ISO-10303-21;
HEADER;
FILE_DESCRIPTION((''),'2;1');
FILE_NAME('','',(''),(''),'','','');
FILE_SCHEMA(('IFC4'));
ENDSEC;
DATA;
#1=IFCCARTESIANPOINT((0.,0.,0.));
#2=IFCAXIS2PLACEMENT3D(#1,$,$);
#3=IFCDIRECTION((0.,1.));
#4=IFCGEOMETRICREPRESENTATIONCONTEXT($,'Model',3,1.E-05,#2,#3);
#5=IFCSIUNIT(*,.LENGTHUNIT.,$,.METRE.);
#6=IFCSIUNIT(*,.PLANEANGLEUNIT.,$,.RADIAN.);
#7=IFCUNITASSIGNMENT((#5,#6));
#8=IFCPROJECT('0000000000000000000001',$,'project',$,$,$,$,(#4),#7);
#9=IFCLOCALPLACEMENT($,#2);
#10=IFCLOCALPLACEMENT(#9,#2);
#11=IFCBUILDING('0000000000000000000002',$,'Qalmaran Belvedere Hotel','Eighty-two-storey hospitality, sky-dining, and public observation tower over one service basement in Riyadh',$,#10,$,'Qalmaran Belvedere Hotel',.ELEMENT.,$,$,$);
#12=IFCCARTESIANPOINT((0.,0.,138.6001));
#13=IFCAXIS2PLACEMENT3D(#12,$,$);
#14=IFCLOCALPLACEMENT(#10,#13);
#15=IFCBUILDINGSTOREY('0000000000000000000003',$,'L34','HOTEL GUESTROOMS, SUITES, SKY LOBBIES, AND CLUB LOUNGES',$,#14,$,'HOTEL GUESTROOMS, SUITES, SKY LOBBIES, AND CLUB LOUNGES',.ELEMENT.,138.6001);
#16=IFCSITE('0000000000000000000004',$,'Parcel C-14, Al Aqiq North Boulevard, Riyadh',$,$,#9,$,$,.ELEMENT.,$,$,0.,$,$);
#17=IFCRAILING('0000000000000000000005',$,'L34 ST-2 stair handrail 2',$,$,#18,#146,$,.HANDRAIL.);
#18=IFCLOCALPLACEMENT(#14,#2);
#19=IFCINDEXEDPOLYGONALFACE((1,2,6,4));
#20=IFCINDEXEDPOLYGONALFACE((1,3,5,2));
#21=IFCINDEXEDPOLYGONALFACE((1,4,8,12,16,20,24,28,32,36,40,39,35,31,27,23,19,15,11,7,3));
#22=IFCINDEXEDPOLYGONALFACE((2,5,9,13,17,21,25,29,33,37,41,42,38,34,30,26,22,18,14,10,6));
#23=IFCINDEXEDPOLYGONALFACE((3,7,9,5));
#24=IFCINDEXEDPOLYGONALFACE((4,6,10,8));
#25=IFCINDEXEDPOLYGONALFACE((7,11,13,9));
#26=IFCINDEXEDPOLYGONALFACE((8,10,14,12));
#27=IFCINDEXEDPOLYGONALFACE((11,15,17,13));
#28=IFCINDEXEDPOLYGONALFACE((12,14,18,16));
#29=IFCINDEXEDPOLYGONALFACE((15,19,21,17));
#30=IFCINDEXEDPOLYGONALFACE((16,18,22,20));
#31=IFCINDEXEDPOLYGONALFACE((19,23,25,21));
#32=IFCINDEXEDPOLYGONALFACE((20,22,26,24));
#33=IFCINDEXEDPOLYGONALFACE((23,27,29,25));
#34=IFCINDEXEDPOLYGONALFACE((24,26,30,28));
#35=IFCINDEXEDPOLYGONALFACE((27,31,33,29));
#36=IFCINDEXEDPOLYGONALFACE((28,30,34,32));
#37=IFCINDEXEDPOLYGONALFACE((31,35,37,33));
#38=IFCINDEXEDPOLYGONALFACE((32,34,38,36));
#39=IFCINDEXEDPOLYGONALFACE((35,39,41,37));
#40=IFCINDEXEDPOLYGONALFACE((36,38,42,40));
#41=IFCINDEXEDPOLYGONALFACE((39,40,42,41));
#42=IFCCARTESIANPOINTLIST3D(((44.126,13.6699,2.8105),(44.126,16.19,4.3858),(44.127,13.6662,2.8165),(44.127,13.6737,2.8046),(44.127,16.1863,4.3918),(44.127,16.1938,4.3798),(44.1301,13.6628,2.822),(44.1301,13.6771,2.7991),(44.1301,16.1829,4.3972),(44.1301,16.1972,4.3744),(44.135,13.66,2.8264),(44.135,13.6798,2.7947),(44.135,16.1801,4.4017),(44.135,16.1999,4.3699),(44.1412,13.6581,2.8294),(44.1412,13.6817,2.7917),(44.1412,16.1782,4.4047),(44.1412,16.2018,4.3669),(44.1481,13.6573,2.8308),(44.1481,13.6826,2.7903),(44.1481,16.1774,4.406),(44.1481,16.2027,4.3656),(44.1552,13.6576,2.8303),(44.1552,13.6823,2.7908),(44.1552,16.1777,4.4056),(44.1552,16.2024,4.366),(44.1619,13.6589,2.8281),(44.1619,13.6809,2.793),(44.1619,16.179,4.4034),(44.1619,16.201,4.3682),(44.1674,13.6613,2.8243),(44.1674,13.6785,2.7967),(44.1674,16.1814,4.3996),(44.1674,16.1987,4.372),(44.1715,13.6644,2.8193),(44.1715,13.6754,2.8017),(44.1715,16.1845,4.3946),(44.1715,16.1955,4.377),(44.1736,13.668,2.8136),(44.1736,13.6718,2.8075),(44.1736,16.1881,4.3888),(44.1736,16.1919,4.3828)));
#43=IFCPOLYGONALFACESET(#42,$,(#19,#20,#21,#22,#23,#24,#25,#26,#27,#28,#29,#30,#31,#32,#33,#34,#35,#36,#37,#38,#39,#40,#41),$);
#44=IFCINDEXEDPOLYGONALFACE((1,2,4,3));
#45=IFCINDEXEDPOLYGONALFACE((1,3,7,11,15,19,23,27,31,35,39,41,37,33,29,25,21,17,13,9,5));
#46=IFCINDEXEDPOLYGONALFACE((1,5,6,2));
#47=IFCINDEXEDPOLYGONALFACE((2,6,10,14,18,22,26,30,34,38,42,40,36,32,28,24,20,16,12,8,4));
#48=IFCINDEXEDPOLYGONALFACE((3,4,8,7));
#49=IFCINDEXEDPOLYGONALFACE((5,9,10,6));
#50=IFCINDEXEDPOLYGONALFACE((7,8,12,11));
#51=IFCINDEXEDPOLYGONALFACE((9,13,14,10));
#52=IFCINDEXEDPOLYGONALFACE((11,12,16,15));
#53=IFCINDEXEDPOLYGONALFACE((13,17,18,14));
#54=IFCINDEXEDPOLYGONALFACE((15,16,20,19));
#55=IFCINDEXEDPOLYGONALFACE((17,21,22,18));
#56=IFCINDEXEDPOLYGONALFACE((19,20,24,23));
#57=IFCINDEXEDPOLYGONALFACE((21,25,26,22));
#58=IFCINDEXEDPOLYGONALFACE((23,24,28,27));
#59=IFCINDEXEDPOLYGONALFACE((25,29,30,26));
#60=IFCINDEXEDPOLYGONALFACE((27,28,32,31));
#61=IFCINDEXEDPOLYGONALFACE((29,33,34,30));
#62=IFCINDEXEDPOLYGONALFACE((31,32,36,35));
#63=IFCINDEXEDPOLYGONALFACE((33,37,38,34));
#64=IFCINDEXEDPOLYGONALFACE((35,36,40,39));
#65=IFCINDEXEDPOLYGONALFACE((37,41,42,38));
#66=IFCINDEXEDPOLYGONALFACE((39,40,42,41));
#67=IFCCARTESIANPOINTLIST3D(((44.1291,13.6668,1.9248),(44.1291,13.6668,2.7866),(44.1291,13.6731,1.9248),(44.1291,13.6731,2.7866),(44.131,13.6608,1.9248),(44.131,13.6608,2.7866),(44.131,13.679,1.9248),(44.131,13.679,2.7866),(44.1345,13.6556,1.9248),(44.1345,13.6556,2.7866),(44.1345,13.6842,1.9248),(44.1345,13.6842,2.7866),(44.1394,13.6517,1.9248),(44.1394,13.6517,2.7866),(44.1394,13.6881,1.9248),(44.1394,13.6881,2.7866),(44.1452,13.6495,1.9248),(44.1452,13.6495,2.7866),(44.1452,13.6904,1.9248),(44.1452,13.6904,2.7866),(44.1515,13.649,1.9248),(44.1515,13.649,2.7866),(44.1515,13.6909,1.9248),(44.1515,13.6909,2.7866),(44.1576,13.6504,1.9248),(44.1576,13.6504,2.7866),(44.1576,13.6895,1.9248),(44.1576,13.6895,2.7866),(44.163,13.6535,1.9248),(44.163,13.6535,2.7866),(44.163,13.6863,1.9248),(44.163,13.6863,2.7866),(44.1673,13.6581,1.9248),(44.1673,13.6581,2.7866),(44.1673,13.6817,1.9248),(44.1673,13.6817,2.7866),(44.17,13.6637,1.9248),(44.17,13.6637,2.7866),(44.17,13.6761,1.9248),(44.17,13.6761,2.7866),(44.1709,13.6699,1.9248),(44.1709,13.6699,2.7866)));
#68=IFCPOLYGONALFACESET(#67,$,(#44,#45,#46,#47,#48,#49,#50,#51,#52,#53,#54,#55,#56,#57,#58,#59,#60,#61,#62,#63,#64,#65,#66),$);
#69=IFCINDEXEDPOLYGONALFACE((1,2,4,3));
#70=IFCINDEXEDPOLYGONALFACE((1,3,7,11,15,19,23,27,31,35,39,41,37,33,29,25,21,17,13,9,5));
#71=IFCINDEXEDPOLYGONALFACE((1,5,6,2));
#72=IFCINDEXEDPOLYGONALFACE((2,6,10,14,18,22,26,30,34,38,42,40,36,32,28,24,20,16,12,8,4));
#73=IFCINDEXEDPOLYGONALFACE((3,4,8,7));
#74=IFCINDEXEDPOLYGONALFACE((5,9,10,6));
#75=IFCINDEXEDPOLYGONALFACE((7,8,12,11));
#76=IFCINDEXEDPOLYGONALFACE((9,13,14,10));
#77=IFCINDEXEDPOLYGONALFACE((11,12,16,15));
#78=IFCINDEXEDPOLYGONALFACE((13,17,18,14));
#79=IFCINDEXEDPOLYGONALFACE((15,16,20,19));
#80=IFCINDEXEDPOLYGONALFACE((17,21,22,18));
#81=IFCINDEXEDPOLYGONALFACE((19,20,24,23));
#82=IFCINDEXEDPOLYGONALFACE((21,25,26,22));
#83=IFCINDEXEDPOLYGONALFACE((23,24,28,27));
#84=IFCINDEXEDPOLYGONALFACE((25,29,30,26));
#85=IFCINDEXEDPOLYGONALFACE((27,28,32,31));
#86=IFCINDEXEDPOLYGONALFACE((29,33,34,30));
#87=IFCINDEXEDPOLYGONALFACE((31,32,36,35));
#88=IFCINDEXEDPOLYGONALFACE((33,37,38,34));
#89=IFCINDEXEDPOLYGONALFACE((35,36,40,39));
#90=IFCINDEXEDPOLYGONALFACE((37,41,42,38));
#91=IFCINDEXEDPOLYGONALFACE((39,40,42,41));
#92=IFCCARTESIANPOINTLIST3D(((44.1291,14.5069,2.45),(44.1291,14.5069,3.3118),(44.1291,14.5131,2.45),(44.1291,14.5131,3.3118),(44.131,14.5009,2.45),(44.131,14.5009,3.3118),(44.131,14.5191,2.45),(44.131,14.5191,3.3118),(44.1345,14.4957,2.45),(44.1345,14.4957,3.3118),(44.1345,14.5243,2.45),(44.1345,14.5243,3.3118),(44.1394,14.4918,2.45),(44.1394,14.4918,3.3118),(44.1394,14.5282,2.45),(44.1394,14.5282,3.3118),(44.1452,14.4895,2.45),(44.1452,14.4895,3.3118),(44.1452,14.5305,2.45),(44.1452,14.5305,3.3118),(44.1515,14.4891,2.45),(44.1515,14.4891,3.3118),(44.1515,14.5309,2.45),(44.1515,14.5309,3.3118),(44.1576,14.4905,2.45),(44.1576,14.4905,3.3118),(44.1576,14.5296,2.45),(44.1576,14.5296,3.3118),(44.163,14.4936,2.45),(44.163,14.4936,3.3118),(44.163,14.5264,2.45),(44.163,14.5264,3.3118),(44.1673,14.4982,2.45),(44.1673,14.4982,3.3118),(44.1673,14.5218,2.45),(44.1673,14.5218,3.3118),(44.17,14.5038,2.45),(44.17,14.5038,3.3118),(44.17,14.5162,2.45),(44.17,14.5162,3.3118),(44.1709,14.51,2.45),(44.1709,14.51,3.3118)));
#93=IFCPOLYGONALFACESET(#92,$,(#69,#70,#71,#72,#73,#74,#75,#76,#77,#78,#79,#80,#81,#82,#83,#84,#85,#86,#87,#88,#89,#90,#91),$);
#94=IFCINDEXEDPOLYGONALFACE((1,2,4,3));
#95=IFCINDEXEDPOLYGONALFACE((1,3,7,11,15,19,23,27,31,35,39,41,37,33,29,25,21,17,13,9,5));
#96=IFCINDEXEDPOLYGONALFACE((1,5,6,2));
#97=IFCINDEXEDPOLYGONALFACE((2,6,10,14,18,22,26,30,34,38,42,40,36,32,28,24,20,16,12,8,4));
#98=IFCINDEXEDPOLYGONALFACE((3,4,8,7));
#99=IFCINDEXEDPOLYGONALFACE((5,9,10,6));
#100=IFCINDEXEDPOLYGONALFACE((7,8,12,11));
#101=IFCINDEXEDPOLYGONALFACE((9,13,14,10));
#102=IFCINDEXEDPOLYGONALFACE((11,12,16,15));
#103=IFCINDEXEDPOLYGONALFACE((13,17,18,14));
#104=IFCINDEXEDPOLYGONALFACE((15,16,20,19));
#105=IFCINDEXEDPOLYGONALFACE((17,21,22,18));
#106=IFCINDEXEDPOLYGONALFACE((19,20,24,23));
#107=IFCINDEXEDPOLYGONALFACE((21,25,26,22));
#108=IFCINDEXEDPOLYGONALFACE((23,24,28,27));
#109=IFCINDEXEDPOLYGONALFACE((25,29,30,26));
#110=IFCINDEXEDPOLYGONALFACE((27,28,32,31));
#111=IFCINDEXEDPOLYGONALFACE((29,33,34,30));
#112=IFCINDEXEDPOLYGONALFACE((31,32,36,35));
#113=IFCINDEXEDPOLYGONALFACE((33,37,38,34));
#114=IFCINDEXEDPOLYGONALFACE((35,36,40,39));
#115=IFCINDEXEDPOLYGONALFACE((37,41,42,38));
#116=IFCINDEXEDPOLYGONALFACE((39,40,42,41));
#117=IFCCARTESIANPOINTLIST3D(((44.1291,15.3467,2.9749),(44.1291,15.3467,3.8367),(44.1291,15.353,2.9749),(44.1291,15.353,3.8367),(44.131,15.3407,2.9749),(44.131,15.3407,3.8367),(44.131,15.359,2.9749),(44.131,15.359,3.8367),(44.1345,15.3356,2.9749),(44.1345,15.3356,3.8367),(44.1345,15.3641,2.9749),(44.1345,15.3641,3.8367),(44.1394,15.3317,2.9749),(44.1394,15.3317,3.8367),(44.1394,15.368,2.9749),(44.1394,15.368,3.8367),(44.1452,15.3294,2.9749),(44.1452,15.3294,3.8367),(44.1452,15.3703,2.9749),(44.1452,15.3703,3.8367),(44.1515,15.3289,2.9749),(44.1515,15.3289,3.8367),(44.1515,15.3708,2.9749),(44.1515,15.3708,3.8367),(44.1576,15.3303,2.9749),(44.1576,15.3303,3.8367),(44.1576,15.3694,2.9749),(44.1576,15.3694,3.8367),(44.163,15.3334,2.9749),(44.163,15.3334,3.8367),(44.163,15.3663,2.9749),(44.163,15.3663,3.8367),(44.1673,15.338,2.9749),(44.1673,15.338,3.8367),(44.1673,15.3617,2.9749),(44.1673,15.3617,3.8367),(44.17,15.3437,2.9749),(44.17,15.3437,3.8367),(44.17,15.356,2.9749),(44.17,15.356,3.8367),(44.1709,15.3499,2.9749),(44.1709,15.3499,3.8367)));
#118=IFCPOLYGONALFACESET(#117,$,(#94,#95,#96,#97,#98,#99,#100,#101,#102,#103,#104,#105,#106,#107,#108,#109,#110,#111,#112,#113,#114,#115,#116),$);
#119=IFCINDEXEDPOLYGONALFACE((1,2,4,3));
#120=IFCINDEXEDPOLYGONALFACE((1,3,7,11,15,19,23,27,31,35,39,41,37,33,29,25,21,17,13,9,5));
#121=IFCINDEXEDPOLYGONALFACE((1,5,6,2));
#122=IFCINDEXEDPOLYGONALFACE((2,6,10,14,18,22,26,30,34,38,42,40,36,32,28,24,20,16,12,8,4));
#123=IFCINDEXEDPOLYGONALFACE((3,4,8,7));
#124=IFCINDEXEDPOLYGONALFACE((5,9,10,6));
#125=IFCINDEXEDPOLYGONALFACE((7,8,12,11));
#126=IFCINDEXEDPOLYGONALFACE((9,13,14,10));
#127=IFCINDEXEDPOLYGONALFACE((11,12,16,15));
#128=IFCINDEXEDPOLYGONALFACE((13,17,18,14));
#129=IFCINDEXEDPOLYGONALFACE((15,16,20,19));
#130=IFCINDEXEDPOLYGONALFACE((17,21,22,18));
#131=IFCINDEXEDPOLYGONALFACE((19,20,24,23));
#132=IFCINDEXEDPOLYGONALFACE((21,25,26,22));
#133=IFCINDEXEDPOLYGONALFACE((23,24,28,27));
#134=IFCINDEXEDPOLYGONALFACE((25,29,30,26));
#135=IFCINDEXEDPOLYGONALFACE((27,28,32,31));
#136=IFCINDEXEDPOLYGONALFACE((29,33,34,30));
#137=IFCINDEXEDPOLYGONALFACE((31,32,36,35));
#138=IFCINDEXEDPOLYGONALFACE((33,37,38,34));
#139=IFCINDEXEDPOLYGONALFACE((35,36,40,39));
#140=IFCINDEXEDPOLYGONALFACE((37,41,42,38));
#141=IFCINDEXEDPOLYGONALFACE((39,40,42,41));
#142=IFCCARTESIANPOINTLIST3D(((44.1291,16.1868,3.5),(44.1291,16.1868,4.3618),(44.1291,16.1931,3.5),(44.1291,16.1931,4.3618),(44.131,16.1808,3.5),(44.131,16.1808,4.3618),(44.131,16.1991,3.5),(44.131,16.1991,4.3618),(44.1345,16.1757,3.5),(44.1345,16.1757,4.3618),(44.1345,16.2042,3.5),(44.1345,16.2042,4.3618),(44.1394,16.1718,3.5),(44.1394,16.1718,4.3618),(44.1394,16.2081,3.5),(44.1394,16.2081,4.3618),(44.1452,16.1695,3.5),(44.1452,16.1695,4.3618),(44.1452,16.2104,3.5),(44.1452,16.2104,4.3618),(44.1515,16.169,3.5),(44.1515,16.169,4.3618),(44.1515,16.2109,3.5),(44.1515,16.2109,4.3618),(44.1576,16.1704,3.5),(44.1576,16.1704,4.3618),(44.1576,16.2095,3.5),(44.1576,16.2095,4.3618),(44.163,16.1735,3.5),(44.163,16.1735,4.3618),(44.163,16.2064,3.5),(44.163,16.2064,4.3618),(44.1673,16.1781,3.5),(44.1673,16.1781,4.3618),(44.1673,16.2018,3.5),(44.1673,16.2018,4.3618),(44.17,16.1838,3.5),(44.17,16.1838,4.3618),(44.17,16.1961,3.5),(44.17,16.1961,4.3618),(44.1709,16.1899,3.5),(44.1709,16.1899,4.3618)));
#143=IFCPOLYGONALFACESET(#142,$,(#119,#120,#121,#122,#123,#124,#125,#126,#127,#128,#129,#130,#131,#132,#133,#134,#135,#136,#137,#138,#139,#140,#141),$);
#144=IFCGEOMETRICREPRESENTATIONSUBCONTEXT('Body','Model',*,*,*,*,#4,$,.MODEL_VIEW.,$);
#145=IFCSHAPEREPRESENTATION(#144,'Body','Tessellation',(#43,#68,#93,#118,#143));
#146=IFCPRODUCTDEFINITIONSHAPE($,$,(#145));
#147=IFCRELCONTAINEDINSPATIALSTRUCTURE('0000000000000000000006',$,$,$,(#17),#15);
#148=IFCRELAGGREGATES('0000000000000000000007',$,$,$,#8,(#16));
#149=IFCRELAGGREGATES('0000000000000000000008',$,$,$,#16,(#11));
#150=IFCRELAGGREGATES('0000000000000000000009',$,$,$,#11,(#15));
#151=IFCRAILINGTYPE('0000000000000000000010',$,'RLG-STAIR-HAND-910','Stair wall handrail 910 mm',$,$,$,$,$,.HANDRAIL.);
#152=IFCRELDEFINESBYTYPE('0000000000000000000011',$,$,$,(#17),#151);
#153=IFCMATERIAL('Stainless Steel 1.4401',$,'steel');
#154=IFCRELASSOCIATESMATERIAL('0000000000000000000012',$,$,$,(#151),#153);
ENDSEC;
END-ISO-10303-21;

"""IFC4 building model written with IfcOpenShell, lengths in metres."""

from ifc_helpers import new_model, si_unit, direction, frame, origin, origin_2d, place, context, subcontext, project, spatial, circle, extrude, material, type_object, element, save


model = new_model("IFC4")

# Units and contexts
model_context = context("Model", 3, precision=1e-05, world=origin(), true_north=direction((0.0, 1.0)))
body_context = subcontext(model_context, "Body", "Model", "MODEL_VIEW")
ifc_project = project(units=[si_unit("LENGTHUNIT", "METRE"), si_unit("PLANEANGLEUNIT", "RADIAN")], contexts=[model_context])

# Site, building, storey
site_placement = place(None, origin())
site = spatial("IfcSite", under=ifc_project, at=site_placement, Name="Parcel C-14, Al Aqiq North Boulevard, Riyadh", CompositionType="ELEMENT", RefElevation=0.0)
building_placement = place(site_placement, origin())
building = spatial("IfcBuilding", under=site, at=building_placement, Name="Qalmaran Belvedere Hotel", Description="Eighty-two-storey hospitality, sky-dining, and public observation tower over one service basement in Riyadh", LongName="Qalmaran Belvedere Hotel", CompositionType="ELEMENT")
storey_placement = place(building_placement, frame((0.0, 0.0, 138.6001)))
storey = spatial("IfcBuildingStorey", under=building, at=storey_placement, Name="L34", Description="HOTEL GUESTROOMS, SUITES, SKY LOBBIES, AND CLUB LOUNGES", LongName="HOTEL GUESTROOMS, SUITES, SKY LOBBIES, AND CLUB LOUNGES", CompositionType="ELEMENT", Elevation=138.6001)

# Shared definitions
ifc_material_1 = material(Name="Stainless Steel 1.4401", Category="steel")

# Railing
railing_type_1 = type_object("IfcRailingType", Name="RLG-STAIR-HAND-910", Description="Stair wall handrail 910 mm", PredefinedType="HANDRAIL", material=ifc_material_1)
railing_1_placement = place(storey_placement, frame((44.1499, 13.6699, 1.9248)))
element("IfcRailing", 1, at=railing_1_placement, inside=storey, type_object=railing_type_1, Name="L34 ST-2 stair handrail 2", PredefinedType="HANDRAIL", context=body_context, shape_type="SweptSolid", body=[
    extrude(circle(Radius=0.0239, at=origin_2d()), frame((0.0, 0.0, 0.8857), z_axis=(0.0, 0.847971, 0.530043), x_axis=(-1.0, 0.0, 0.0)), (0.0, 0.0, 1.0), 2.9719),
    extrude(circle(Radius=0.021, at=origin_2d()), origin(), (0.0, 0.0, 1.0), 0.8618),
    extrude(circle(Radius=0.021, at=origin_2d()), frame((0.0, 0.8401, 0.5251)), (0.0, 0.0, 1.0), 0.8618),
    extrude(circle(Radius=0.021, at=origin_2d()), frame((0.0, 1.6799, 1.05)), (0.0, 0.0, 1.0), 0.8618),
    extrude(circle(Radius=0.021, at=origin_2d()), frame((0.0, 2.52, 1.5752)), (0.0, 0.0, 1.0), 0.8618),
])

save(model, "model.ifc")
